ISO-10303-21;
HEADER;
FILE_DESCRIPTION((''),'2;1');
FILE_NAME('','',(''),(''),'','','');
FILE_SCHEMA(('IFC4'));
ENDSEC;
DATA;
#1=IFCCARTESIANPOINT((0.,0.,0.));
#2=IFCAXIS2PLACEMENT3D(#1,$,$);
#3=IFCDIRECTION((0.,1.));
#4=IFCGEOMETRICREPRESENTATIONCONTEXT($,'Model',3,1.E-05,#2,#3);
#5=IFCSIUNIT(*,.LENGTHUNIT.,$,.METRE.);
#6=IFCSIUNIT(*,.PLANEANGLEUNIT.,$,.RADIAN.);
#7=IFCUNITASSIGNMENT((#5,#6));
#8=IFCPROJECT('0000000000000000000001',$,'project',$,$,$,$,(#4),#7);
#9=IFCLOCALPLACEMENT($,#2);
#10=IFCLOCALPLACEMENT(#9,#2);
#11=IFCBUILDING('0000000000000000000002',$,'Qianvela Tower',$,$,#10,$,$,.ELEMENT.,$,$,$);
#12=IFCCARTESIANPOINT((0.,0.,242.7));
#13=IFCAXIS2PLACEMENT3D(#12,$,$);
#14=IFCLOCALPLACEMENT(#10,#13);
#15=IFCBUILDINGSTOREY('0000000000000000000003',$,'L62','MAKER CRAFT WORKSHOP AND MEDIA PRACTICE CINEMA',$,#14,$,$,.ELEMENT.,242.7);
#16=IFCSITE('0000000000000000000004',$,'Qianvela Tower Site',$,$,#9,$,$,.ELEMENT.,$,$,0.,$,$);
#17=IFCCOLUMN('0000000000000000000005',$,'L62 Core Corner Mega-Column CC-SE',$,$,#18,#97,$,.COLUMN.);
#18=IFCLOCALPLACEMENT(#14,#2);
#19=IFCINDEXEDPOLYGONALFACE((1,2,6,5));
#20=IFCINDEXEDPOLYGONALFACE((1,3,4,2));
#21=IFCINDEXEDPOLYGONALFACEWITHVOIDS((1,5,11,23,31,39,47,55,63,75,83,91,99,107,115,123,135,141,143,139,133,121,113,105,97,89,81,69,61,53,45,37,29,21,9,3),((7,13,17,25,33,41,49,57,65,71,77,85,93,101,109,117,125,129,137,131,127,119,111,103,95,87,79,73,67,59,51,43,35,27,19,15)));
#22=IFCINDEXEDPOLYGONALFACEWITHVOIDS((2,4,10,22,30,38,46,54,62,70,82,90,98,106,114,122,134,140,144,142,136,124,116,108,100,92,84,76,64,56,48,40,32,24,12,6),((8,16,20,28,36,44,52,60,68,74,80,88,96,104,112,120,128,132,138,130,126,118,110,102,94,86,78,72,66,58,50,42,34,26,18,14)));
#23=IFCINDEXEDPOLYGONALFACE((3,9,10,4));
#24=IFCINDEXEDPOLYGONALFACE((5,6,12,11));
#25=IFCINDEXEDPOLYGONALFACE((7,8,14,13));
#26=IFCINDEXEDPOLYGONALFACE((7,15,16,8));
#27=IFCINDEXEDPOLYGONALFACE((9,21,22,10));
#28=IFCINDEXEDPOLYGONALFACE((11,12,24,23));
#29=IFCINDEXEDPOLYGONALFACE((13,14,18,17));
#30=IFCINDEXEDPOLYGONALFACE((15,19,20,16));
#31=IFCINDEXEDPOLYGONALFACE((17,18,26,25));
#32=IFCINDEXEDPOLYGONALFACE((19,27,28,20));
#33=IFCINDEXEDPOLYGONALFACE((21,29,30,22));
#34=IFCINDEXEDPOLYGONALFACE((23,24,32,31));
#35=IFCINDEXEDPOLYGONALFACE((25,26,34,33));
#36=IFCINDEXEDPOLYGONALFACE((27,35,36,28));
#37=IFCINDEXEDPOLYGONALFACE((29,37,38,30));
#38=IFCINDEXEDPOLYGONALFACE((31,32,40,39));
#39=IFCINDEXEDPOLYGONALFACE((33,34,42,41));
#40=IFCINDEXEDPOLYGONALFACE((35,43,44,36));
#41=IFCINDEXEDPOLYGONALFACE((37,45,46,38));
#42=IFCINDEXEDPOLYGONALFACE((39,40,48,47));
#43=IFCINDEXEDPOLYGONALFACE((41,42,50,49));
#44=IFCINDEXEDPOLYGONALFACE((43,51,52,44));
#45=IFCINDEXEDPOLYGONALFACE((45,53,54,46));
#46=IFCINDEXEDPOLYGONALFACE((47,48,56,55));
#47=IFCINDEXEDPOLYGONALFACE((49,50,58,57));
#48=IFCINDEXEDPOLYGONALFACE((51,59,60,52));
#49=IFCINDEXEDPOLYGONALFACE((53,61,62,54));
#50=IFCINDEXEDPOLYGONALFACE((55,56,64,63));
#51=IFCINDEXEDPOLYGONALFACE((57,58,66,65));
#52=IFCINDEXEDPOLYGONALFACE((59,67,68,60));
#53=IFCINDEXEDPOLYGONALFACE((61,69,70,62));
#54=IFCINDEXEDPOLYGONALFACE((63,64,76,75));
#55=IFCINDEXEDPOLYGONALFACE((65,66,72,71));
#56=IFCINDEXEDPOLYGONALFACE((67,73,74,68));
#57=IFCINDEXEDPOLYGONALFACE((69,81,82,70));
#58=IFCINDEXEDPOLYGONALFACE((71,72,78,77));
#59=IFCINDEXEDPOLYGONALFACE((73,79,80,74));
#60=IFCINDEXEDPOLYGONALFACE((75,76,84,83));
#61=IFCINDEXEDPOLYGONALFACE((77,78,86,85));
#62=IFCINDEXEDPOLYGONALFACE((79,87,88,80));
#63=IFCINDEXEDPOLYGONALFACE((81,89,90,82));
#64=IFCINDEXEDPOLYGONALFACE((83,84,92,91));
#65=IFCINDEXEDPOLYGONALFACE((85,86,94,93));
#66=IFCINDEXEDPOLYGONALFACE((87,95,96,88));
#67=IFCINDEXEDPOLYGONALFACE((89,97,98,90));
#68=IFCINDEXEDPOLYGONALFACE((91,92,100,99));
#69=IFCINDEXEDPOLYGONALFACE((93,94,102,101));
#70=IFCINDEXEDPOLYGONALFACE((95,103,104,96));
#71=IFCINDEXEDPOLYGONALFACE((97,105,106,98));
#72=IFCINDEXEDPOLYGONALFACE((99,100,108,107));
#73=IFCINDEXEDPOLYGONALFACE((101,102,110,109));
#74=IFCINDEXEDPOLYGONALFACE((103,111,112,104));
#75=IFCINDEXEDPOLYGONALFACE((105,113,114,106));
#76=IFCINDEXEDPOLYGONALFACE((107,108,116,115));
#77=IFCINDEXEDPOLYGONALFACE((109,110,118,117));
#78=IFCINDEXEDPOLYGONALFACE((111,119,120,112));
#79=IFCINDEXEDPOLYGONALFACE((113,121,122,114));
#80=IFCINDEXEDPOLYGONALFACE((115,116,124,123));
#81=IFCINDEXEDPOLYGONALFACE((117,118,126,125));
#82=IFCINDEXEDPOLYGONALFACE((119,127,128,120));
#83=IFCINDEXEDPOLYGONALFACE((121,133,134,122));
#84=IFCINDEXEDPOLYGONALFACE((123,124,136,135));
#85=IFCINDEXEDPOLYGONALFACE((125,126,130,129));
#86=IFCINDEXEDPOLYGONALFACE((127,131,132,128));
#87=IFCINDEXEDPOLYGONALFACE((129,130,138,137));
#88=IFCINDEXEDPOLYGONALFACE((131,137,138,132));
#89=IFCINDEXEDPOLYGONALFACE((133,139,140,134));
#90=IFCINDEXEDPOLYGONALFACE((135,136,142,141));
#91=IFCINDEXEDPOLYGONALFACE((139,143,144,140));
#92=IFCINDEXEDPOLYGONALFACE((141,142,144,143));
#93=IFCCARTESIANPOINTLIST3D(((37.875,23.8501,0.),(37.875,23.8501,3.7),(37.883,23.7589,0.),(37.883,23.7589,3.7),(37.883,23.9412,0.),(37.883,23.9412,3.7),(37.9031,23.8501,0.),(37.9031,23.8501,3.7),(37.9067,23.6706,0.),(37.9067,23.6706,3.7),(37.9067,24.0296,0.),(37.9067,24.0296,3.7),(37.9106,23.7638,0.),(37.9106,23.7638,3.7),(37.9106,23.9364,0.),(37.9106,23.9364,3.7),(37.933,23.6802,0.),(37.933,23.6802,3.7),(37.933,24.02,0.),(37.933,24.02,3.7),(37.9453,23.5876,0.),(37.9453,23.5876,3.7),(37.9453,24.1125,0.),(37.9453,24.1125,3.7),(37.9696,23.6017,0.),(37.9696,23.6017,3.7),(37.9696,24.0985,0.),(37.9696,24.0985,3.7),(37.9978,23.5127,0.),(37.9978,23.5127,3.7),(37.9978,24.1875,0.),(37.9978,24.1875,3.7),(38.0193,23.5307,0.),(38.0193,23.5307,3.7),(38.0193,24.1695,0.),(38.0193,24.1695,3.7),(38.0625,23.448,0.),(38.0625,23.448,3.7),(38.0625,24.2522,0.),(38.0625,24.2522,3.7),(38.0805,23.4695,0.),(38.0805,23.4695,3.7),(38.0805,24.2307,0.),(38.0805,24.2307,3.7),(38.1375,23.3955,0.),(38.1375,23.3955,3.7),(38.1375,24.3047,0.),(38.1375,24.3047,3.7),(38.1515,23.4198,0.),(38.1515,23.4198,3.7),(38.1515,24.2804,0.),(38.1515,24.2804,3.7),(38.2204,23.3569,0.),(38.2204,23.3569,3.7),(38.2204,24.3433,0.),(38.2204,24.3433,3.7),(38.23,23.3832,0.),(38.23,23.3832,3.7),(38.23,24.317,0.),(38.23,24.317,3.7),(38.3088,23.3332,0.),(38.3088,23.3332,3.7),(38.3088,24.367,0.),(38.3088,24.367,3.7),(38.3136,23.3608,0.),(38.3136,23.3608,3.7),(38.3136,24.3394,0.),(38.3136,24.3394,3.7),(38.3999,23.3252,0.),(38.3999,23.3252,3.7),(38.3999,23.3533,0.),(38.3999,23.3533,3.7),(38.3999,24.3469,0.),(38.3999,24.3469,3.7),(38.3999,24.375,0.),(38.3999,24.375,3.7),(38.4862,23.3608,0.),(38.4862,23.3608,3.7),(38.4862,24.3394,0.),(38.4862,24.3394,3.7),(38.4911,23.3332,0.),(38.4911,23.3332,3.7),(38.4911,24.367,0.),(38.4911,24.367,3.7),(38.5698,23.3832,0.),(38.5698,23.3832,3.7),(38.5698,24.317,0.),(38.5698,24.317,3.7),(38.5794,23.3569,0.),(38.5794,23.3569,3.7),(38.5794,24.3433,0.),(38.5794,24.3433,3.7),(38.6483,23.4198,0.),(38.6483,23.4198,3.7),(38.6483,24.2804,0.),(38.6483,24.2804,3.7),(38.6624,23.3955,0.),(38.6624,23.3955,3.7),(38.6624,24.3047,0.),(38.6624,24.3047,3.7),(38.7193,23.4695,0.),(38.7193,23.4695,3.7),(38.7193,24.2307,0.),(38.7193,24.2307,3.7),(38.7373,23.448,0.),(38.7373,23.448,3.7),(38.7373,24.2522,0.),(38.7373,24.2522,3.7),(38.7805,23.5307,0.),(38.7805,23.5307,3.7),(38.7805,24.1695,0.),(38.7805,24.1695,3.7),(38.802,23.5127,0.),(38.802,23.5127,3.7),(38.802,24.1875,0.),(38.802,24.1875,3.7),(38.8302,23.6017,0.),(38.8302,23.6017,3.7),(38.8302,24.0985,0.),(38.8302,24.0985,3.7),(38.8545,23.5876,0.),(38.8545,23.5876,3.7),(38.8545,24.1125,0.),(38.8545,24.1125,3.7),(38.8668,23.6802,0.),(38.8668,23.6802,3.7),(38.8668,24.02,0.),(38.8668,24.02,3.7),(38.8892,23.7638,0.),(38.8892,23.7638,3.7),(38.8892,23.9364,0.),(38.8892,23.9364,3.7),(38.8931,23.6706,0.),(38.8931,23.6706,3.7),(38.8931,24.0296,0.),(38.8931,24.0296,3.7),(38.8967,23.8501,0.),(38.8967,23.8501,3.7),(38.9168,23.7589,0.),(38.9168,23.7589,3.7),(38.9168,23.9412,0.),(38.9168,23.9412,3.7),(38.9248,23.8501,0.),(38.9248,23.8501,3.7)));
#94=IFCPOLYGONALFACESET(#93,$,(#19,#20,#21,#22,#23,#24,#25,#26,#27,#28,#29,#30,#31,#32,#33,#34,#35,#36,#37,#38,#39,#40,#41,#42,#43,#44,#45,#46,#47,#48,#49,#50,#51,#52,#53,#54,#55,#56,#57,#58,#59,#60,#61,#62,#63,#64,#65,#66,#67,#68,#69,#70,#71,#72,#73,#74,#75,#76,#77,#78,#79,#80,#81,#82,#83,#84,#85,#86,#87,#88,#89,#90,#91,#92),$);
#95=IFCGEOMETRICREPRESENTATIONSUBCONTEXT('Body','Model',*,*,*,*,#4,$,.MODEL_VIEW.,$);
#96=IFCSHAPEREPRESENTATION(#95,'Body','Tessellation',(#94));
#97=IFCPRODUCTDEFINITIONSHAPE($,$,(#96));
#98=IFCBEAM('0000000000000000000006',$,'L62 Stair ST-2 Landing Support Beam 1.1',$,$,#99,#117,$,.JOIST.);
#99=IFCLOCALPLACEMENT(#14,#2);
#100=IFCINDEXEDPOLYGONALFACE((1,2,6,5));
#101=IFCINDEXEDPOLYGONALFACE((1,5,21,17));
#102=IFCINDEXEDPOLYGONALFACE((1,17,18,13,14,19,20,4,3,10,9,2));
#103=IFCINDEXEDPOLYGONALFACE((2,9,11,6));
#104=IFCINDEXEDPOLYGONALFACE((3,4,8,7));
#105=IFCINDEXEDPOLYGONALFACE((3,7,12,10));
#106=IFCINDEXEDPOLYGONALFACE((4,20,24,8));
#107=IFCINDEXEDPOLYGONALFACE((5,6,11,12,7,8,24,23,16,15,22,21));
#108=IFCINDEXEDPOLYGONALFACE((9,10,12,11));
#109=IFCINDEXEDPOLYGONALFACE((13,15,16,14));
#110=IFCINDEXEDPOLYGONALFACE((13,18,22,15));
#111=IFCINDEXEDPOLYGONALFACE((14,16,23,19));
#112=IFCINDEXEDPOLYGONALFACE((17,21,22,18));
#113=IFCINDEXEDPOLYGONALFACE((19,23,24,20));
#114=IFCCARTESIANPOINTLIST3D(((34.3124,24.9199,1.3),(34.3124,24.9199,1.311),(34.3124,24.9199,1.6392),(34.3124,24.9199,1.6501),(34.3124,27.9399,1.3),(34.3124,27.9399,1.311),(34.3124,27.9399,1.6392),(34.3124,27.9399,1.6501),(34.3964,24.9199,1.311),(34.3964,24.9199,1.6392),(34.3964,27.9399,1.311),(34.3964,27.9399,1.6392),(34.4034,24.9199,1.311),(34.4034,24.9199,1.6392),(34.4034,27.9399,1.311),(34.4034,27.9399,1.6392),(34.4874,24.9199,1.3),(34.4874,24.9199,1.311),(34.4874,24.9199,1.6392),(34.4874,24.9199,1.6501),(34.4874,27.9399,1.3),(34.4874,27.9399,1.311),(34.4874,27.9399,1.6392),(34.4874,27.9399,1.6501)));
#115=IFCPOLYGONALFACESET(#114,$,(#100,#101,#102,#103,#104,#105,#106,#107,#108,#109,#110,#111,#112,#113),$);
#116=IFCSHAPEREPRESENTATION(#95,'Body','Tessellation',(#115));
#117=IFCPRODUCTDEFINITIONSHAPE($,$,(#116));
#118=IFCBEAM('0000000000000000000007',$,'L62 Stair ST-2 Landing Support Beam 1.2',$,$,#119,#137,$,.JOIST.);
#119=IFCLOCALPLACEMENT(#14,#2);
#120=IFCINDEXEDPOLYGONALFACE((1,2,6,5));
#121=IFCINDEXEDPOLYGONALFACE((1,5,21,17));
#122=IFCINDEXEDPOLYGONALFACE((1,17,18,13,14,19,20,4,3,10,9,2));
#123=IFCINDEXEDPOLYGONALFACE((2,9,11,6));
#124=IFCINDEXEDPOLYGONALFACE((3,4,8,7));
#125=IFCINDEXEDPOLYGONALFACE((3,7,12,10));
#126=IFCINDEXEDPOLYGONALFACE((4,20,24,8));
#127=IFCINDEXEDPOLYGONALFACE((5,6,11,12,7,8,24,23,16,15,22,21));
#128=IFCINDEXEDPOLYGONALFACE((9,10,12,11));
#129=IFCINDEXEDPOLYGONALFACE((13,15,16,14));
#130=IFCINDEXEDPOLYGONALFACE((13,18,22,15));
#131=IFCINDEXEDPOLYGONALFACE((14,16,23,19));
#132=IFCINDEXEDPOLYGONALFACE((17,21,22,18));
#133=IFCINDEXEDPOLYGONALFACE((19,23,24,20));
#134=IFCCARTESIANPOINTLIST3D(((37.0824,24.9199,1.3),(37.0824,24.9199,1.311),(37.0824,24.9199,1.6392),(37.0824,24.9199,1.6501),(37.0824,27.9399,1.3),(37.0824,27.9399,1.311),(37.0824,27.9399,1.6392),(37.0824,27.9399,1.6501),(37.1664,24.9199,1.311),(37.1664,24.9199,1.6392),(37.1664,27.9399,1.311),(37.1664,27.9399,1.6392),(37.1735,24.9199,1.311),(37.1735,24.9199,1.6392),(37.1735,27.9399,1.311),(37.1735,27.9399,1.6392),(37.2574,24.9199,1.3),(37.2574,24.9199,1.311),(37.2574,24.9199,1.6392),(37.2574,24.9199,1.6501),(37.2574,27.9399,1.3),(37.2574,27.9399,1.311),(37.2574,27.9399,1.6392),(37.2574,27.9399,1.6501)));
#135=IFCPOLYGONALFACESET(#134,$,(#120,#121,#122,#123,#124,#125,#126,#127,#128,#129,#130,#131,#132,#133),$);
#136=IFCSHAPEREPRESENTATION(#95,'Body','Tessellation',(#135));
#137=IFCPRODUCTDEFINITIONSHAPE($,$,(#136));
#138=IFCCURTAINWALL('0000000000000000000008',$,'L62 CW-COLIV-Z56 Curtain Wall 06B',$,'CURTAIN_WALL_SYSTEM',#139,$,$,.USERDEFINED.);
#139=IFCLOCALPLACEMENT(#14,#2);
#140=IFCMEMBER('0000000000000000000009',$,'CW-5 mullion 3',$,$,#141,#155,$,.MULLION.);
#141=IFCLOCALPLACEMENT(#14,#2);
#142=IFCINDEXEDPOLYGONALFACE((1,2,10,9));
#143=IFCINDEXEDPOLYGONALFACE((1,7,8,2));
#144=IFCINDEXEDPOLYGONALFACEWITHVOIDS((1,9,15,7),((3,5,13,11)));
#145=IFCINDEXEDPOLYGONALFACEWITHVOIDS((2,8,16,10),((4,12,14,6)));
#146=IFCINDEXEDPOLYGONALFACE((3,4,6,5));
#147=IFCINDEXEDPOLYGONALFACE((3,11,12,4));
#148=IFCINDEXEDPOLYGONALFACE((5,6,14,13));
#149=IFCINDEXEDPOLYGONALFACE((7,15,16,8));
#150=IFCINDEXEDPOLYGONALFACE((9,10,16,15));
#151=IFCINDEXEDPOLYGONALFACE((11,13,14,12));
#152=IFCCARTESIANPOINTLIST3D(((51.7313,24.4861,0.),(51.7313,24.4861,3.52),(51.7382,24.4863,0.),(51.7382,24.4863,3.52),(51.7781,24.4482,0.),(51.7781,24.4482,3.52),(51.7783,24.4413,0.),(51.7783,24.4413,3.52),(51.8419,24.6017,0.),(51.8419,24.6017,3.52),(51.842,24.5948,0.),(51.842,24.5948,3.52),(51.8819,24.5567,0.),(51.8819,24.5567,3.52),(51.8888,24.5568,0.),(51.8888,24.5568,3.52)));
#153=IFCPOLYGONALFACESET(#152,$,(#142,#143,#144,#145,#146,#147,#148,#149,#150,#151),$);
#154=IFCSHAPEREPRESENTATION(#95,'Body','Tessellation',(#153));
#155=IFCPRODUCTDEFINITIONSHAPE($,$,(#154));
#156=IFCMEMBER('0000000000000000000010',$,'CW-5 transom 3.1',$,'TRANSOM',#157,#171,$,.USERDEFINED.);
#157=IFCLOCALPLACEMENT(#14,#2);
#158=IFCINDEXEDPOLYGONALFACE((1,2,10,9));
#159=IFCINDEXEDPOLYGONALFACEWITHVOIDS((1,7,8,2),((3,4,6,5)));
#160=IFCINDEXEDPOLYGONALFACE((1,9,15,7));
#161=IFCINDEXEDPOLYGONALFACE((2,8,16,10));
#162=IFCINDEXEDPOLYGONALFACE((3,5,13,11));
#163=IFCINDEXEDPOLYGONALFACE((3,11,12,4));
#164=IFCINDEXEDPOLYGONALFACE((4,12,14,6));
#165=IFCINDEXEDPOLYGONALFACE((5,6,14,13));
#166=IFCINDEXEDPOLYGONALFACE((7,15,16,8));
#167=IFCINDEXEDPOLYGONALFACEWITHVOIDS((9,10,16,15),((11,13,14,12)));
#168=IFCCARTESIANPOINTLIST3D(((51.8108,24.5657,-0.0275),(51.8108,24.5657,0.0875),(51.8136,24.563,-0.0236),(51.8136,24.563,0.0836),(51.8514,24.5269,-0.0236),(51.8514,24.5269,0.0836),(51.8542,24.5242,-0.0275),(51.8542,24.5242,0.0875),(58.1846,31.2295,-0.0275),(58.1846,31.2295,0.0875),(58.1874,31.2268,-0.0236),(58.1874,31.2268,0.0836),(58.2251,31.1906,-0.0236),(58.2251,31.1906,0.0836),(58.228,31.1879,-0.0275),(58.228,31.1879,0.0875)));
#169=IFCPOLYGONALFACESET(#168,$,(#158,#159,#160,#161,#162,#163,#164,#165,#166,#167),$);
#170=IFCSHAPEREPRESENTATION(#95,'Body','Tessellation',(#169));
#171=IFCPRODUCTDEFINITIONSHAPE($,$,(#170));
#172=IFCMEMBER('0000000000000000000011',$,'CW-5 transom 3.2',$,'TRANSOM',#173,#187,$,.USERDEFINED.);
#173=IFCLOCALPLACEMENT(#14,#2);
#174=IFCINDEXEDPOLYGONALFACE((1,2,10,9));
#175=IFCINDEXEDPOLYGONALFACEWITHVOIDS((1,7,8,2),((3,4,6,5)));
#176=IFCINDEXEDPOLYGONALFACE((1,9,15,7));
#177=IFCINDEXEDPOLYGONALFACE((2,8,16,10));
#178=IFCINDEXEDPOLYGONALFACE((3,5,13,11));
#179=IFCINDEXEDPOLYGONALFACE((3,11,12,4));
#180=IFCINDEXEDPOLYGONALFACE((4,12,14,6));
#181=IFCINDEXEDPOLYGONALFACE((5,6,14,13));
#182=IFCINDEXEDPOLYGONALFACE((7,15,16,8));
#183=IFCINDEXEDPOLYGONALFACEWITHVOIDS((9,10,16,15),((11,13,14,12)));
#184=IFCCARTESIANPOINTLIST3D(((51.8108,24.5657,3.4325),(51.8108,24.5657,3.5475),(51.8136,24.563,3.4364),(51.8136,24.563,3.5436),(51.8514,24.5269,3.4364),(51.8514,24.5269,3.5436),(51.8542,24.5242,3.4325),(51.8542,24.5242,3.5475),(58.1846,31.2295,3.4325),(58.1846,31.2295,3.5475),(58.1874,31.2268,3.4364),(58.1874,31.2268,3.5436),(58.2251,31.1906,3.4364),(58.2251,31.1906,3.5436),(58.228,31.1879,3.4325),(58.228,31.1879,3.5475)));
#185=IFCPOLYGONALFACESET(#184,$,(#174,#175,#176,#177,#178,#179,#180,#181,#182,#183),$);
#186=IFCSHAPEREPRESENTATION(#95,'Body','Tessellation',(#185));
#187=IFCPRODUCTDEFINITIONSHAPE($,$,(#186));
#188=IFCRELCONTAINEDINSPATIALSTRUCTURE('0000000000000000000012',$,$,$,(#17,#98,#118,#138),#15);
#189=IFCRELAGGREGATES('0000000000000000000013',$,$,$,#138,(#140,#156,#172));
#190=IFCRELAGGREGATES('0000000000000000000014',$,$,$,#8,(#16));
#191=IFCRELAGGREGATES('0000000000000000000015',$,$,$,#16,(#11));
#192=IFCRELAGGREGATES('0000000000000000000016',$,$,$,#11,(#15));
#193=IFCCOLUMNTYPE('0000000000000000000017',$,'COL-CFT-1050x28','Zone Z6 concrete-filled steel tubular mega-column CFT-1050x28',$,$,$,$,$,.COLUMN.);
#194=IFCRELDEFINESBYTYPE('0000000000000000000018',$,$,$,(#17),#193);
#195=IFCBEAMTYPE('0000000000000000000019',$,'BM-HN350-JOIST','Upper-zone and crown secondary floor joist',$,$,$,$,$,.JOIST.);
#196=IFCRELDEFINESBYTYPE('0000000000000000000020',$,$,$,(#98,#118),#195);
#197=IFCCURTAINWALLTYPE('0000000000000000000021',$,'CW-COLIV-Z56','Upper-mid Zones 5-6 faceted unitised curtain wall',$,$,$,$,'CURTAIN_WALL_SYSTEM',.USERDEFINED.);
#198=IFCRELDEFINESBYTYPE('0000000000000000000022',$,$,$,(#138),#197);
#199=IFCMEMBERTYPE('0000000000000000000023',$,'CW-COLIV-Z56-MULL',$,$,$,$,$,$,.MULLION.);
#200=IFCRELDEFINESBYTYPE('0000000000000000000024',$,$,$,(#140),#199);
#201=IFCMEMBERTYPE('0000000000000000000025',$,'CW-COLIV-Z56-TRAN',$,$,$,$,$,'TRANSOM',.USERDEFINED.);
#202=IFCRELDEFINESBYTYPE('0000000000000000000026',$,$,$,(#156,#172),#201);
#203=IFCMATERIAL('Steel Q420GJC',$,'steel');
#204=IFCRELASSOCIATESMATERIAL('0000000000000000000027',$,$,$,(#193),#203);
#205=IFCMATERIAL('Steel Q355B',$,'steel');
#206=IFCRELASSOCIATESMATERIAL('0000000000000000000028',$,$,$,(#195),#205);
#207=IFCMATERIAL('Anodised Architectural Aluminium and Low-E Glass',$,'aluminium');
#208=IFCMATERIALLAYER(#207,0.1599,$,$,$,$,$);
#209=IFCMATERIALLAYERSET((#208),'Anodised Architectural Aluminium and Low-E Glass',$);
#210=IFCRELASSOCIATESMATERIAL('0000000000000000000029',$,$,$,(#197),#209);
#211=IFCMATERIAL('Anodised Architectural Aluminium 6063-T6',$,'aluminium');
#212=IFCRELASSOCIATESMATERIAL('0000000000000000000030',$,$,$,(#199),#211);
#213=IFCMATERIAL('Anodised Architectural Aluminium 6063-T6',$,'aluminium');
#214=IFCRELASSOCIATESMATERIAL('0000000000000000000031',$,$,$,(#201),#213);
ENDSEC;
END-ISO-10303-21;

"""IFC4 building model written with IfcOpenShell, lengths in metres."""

from ifc_helpers import new_model, si_unit, direction, frame, origin, origin_2d, place, context, subcontext, project, spatial, hollow_rectangle, hollow_circle, i_section, extrude, material, layer, layer_set, material_profile, profile_set, type_object, element, aggregate, save


model = new_model("IFC4")

# Units and contexts
model_context = context("Model", 3, precision=1e-05, world=origin(), true_north=direction((0.0, 1.0)))
body_context = subcontext(model_context, "Body", "Model", "MODEL_VIEW")
ifc_project = project(units=[si_unit("LENGTHUNIT", "METRE"), si_unit("PLANEANGLEUNIT", "RADIAN")], contexts=[model_context])

# Site, building, storey
site_placement = place(None, origin())
site = spatial("IfcSite", under=ifc_project, at=site_placement, Name="Qianvela Tower Site", CompositionType="ELEMENT", RefElevation=0.0)
building_placement = place(site_placement, origin())
building = spatial("IfcBuilding", under=site, at=building_placement, Name="Qianvela Tower", CompositionType="ELEMENT")
storey_placement = place(building_placement, frame((0.0, 0.0, 242.7)))
storey = spatial("IfcBuildingStorey", under=building, at=storey_placement, Name="L62", Description="MAKER CRAFT WORKSHOP AND MEDIA PRACTICE CINEMA", CompositionType="ELEMENT", Elevation=242.7)

# Column
ifc_material_1 = material(Name="Steel Q420GJC", Category="steel")
ifc_material_profile_1 = material_profile(ifc_material_1, hollow_circle(Radius=0.5249, WallThickness=0.0281, at=origin_2d()), Name="CFT-1050x28")
ifc_profile_set_1 = profile_set([ifc_material_profile_1], Name="Steel Q420GJC")
column_type = type_object("IfcColumnType", Name="COL-CFT-1050x28", Description="Zone Z6 concrete-filled steel tubular mega-column CFT-1050x28", PredefinedType="COLUMN", material=ifc_profile_set_1)
column_placement = place(storey_placement, frame((38.3999, 23.8501, 0.0), z_axis=(0.0, 0.0, 1.0), x_axis=(1.0, 0.0, 0.0)))
element("IfcColumn", 1, at=column_placement, inside=storey, type_object=column_type, Name="L62 Core Corner Mega-Column CC-SE", PredefinedType="COLUMN", context=body_context, shape_type="SweptSolid", body=[
    extrude(hollow_circle(Radius=0.5249, WallThickness=0.0281, at=origin_2d()), origin(), (0.0, 0.0, 1.0), 3.7),
])

# Beams
ifc_material_2 = material(Name="Steel Q355B", Category="steel")
ifc_material_profile_2 = material_profile(ifc_material_2, i_section(OverallWidth=0.175, OverallDepth=0.3501, WebThickness=0.0071, FlangeThickness=0.011, at=origin_2d()), Name="HN350x175x7x11")
ifc_profile_set_2 = profile_set([ifc_material_profile_2], Name="Steel Q355B")
beam_type = type_object("IfcBeamType", Name="BM-HN350-JOIST", Description="Upper-zone and crown secondary floor joist", PredefinedType="JOIST", material=ifc_profile_set_2)
for number, where, z_axis, x_axis, name in (
    (2, (34.3999, 24.9199, 1.4751), (0.0, 1.0, 0.0), (-1.0, 0.0, 0.0), "L62 Stair ST-2 Landing Support Beam 1.1"),
    (3, (37.1699, 24.9199, 1.4751), (0.0, 1.0, 0.0), (-1.0, 0.0, 0.0), "L62 Stair ST-2 Landing Support Beam 1.2"),
):
    element("IfcBeam", number, at=place(storey_placement, frame(where, z_axis=z_axis, x_axis=x_axis)), inside=storey, type_object=beam_type, Name=name, PredefinedType="JOIST", context=body_context, shape_type="SweptSolid", body=[
        extrude(i_section(OverallWidth=0.175, OverallDepth=0.3501, WebThickness=0.0071, FlangeThickness=0.011, at=origin_2d()), origin(), (0.0, 0.0, 1.0), 3.02),
    ])

# Curtain wall, members
ifc_material_3 = material(Name="Anodised Architectural Aluminium and Low-E Glass", Category="aluminium")
ifc_layer_1 = layer(ifc_material_3, 0.1599)
ifc_layer_set_1 = layer_set([ifc_layer_1], Name="Anodised Architectural Aluminium and Low-E Glass")
curtain_wall_type = type_object("IfcCurtainWallType", Name="CW-COLIV-Z56", Description="Upper-mid Zones 5-6 faceted unitised curtain wall", ElementType="CURTAIN_WALL_SYSTEM", PredefinedType="USERDEFINED", material=ifc_layer_set_1)
curtain_wall_placement = place(storey_placement, origin())
curtain_wall = element("IfcCurtainWall", 4, at=curtain_wall_placement, inside=storey, type_object=curtain_wall_type, Name="L62 CW-COLIV-Z56 Curtain Wall 06B", ObjectType="CURTAIN_WALL_SYSTEM", PredefinedType="USERDEFINED")
ifc_material_4 = material(Name="Anodised Architectural Aluminium 6063-T6", Category="aluminium")
ifc_material_profile_3 = material_profile(ifc_material_4, hollow_rectangle(XDim=0.0649, YDim=0.1599, WallThickness=0.0049, at=origin_2d()), Name="ALU-MULL-65x160")
ifc_profile_set_3 = profile_set([ifc_material_profile_3], Name="Anodised Architectural Aluminium 6063-T6")
member_type_1 = type_object("IfcMemberType", Name="CW-COLIV-Z56-MULL", PredefinedType="MULLION", material=ifc_profile_set_3)
member_1_placement = place(storey_placement, frame((51.8101, 24.5215, 0.0), z_axis=(0.0, 0.0, 1.0), x_axis=(-0.722644, 0.69122, 0.0)))
member_1 = element("IfcMember", 5, at=member_1_placement, type_object=member_type_1, Name="CW-5 mullion 3", PredefinedType="MULLION", context=body_context, shape_type="SweptSolid", body=[
    extrude(hollow_rectangle(XDim=0.0649, YDim=0.1599, WallThickness=0.0049, at=origin_2d()), origin(), (0.0, 0.0, 1.0), 3.52),
])
ifc_material_5 = material(Name="Anodised Architectural Aluminium 6063-T6", Category="aluminium")
ifc_material_profile_4 = material_profile(ifc_material_5, hollow_rectangle(XDim=0.0601, YDim=0.115, WallThickness=0.0039, at=origin_2d()), Name="ALU-TRAN-60x115")
ifc_profile_set_4 = profile_set([ifc_material_profile_4], Name="Anodised Architectural Aluminium 6063-T6")
member_type_2 = type_object("IfcMemberType", Name="CW-COLIV-Z56-TRAN", ElementType="TRANSOM", PredefinedType="USERDEFINED", material=ifc_profile_set_4)
member_2_placement = place(storey_placement, frame((51.8325, 24.5449, 0.03), z_axis=(0.691205, 0.722659, 0.0), x_axis=(-0.722659, 0.691205, 0.0)))
member_2 = element("IfcMember", 6, at=member_2_placement, type_object=member_type_2, Name="CW-5 transom 3.1", ObjectType="TRANSOM", PredefinedType="USERDEFINED", context=body_context, shape_type="SweptSolid", body=[
    extrude(hollow_rectangle(XDim=0.0601, YDim=0.115, WallThickness=0.0039, at=origin_2d()), origin(), (0.0, 0.0, 1.0), 9.2212),
])
member_3_placement = place(storey_placement, frame((51.8325, 24.5449, 3.49), z_axis=(0.691205, 0.722659, 0.0), x_axis=(-0.722659, 0.691205, 0.0)))
member_3 = element("IfcMember", 7, at=member_3_placement, type_object=member_type_2, Name="CW-5 transom 3.2", ObjectType="TRANSOM", PredefinedType="USERDEFINED", context=body_context, shape_type="SweptSolid", body=[
    extrude(hollow_rectangle(XDim=0.0601, YDim=0.115, WallThickness=0.0039, at=origin_2d()), origin(), (0.0, 0.0, 1.0), 9.2212),
])
aggregate(curtain_wall, [member_1, member_2, member_3])

save(model, "model.ifc")
